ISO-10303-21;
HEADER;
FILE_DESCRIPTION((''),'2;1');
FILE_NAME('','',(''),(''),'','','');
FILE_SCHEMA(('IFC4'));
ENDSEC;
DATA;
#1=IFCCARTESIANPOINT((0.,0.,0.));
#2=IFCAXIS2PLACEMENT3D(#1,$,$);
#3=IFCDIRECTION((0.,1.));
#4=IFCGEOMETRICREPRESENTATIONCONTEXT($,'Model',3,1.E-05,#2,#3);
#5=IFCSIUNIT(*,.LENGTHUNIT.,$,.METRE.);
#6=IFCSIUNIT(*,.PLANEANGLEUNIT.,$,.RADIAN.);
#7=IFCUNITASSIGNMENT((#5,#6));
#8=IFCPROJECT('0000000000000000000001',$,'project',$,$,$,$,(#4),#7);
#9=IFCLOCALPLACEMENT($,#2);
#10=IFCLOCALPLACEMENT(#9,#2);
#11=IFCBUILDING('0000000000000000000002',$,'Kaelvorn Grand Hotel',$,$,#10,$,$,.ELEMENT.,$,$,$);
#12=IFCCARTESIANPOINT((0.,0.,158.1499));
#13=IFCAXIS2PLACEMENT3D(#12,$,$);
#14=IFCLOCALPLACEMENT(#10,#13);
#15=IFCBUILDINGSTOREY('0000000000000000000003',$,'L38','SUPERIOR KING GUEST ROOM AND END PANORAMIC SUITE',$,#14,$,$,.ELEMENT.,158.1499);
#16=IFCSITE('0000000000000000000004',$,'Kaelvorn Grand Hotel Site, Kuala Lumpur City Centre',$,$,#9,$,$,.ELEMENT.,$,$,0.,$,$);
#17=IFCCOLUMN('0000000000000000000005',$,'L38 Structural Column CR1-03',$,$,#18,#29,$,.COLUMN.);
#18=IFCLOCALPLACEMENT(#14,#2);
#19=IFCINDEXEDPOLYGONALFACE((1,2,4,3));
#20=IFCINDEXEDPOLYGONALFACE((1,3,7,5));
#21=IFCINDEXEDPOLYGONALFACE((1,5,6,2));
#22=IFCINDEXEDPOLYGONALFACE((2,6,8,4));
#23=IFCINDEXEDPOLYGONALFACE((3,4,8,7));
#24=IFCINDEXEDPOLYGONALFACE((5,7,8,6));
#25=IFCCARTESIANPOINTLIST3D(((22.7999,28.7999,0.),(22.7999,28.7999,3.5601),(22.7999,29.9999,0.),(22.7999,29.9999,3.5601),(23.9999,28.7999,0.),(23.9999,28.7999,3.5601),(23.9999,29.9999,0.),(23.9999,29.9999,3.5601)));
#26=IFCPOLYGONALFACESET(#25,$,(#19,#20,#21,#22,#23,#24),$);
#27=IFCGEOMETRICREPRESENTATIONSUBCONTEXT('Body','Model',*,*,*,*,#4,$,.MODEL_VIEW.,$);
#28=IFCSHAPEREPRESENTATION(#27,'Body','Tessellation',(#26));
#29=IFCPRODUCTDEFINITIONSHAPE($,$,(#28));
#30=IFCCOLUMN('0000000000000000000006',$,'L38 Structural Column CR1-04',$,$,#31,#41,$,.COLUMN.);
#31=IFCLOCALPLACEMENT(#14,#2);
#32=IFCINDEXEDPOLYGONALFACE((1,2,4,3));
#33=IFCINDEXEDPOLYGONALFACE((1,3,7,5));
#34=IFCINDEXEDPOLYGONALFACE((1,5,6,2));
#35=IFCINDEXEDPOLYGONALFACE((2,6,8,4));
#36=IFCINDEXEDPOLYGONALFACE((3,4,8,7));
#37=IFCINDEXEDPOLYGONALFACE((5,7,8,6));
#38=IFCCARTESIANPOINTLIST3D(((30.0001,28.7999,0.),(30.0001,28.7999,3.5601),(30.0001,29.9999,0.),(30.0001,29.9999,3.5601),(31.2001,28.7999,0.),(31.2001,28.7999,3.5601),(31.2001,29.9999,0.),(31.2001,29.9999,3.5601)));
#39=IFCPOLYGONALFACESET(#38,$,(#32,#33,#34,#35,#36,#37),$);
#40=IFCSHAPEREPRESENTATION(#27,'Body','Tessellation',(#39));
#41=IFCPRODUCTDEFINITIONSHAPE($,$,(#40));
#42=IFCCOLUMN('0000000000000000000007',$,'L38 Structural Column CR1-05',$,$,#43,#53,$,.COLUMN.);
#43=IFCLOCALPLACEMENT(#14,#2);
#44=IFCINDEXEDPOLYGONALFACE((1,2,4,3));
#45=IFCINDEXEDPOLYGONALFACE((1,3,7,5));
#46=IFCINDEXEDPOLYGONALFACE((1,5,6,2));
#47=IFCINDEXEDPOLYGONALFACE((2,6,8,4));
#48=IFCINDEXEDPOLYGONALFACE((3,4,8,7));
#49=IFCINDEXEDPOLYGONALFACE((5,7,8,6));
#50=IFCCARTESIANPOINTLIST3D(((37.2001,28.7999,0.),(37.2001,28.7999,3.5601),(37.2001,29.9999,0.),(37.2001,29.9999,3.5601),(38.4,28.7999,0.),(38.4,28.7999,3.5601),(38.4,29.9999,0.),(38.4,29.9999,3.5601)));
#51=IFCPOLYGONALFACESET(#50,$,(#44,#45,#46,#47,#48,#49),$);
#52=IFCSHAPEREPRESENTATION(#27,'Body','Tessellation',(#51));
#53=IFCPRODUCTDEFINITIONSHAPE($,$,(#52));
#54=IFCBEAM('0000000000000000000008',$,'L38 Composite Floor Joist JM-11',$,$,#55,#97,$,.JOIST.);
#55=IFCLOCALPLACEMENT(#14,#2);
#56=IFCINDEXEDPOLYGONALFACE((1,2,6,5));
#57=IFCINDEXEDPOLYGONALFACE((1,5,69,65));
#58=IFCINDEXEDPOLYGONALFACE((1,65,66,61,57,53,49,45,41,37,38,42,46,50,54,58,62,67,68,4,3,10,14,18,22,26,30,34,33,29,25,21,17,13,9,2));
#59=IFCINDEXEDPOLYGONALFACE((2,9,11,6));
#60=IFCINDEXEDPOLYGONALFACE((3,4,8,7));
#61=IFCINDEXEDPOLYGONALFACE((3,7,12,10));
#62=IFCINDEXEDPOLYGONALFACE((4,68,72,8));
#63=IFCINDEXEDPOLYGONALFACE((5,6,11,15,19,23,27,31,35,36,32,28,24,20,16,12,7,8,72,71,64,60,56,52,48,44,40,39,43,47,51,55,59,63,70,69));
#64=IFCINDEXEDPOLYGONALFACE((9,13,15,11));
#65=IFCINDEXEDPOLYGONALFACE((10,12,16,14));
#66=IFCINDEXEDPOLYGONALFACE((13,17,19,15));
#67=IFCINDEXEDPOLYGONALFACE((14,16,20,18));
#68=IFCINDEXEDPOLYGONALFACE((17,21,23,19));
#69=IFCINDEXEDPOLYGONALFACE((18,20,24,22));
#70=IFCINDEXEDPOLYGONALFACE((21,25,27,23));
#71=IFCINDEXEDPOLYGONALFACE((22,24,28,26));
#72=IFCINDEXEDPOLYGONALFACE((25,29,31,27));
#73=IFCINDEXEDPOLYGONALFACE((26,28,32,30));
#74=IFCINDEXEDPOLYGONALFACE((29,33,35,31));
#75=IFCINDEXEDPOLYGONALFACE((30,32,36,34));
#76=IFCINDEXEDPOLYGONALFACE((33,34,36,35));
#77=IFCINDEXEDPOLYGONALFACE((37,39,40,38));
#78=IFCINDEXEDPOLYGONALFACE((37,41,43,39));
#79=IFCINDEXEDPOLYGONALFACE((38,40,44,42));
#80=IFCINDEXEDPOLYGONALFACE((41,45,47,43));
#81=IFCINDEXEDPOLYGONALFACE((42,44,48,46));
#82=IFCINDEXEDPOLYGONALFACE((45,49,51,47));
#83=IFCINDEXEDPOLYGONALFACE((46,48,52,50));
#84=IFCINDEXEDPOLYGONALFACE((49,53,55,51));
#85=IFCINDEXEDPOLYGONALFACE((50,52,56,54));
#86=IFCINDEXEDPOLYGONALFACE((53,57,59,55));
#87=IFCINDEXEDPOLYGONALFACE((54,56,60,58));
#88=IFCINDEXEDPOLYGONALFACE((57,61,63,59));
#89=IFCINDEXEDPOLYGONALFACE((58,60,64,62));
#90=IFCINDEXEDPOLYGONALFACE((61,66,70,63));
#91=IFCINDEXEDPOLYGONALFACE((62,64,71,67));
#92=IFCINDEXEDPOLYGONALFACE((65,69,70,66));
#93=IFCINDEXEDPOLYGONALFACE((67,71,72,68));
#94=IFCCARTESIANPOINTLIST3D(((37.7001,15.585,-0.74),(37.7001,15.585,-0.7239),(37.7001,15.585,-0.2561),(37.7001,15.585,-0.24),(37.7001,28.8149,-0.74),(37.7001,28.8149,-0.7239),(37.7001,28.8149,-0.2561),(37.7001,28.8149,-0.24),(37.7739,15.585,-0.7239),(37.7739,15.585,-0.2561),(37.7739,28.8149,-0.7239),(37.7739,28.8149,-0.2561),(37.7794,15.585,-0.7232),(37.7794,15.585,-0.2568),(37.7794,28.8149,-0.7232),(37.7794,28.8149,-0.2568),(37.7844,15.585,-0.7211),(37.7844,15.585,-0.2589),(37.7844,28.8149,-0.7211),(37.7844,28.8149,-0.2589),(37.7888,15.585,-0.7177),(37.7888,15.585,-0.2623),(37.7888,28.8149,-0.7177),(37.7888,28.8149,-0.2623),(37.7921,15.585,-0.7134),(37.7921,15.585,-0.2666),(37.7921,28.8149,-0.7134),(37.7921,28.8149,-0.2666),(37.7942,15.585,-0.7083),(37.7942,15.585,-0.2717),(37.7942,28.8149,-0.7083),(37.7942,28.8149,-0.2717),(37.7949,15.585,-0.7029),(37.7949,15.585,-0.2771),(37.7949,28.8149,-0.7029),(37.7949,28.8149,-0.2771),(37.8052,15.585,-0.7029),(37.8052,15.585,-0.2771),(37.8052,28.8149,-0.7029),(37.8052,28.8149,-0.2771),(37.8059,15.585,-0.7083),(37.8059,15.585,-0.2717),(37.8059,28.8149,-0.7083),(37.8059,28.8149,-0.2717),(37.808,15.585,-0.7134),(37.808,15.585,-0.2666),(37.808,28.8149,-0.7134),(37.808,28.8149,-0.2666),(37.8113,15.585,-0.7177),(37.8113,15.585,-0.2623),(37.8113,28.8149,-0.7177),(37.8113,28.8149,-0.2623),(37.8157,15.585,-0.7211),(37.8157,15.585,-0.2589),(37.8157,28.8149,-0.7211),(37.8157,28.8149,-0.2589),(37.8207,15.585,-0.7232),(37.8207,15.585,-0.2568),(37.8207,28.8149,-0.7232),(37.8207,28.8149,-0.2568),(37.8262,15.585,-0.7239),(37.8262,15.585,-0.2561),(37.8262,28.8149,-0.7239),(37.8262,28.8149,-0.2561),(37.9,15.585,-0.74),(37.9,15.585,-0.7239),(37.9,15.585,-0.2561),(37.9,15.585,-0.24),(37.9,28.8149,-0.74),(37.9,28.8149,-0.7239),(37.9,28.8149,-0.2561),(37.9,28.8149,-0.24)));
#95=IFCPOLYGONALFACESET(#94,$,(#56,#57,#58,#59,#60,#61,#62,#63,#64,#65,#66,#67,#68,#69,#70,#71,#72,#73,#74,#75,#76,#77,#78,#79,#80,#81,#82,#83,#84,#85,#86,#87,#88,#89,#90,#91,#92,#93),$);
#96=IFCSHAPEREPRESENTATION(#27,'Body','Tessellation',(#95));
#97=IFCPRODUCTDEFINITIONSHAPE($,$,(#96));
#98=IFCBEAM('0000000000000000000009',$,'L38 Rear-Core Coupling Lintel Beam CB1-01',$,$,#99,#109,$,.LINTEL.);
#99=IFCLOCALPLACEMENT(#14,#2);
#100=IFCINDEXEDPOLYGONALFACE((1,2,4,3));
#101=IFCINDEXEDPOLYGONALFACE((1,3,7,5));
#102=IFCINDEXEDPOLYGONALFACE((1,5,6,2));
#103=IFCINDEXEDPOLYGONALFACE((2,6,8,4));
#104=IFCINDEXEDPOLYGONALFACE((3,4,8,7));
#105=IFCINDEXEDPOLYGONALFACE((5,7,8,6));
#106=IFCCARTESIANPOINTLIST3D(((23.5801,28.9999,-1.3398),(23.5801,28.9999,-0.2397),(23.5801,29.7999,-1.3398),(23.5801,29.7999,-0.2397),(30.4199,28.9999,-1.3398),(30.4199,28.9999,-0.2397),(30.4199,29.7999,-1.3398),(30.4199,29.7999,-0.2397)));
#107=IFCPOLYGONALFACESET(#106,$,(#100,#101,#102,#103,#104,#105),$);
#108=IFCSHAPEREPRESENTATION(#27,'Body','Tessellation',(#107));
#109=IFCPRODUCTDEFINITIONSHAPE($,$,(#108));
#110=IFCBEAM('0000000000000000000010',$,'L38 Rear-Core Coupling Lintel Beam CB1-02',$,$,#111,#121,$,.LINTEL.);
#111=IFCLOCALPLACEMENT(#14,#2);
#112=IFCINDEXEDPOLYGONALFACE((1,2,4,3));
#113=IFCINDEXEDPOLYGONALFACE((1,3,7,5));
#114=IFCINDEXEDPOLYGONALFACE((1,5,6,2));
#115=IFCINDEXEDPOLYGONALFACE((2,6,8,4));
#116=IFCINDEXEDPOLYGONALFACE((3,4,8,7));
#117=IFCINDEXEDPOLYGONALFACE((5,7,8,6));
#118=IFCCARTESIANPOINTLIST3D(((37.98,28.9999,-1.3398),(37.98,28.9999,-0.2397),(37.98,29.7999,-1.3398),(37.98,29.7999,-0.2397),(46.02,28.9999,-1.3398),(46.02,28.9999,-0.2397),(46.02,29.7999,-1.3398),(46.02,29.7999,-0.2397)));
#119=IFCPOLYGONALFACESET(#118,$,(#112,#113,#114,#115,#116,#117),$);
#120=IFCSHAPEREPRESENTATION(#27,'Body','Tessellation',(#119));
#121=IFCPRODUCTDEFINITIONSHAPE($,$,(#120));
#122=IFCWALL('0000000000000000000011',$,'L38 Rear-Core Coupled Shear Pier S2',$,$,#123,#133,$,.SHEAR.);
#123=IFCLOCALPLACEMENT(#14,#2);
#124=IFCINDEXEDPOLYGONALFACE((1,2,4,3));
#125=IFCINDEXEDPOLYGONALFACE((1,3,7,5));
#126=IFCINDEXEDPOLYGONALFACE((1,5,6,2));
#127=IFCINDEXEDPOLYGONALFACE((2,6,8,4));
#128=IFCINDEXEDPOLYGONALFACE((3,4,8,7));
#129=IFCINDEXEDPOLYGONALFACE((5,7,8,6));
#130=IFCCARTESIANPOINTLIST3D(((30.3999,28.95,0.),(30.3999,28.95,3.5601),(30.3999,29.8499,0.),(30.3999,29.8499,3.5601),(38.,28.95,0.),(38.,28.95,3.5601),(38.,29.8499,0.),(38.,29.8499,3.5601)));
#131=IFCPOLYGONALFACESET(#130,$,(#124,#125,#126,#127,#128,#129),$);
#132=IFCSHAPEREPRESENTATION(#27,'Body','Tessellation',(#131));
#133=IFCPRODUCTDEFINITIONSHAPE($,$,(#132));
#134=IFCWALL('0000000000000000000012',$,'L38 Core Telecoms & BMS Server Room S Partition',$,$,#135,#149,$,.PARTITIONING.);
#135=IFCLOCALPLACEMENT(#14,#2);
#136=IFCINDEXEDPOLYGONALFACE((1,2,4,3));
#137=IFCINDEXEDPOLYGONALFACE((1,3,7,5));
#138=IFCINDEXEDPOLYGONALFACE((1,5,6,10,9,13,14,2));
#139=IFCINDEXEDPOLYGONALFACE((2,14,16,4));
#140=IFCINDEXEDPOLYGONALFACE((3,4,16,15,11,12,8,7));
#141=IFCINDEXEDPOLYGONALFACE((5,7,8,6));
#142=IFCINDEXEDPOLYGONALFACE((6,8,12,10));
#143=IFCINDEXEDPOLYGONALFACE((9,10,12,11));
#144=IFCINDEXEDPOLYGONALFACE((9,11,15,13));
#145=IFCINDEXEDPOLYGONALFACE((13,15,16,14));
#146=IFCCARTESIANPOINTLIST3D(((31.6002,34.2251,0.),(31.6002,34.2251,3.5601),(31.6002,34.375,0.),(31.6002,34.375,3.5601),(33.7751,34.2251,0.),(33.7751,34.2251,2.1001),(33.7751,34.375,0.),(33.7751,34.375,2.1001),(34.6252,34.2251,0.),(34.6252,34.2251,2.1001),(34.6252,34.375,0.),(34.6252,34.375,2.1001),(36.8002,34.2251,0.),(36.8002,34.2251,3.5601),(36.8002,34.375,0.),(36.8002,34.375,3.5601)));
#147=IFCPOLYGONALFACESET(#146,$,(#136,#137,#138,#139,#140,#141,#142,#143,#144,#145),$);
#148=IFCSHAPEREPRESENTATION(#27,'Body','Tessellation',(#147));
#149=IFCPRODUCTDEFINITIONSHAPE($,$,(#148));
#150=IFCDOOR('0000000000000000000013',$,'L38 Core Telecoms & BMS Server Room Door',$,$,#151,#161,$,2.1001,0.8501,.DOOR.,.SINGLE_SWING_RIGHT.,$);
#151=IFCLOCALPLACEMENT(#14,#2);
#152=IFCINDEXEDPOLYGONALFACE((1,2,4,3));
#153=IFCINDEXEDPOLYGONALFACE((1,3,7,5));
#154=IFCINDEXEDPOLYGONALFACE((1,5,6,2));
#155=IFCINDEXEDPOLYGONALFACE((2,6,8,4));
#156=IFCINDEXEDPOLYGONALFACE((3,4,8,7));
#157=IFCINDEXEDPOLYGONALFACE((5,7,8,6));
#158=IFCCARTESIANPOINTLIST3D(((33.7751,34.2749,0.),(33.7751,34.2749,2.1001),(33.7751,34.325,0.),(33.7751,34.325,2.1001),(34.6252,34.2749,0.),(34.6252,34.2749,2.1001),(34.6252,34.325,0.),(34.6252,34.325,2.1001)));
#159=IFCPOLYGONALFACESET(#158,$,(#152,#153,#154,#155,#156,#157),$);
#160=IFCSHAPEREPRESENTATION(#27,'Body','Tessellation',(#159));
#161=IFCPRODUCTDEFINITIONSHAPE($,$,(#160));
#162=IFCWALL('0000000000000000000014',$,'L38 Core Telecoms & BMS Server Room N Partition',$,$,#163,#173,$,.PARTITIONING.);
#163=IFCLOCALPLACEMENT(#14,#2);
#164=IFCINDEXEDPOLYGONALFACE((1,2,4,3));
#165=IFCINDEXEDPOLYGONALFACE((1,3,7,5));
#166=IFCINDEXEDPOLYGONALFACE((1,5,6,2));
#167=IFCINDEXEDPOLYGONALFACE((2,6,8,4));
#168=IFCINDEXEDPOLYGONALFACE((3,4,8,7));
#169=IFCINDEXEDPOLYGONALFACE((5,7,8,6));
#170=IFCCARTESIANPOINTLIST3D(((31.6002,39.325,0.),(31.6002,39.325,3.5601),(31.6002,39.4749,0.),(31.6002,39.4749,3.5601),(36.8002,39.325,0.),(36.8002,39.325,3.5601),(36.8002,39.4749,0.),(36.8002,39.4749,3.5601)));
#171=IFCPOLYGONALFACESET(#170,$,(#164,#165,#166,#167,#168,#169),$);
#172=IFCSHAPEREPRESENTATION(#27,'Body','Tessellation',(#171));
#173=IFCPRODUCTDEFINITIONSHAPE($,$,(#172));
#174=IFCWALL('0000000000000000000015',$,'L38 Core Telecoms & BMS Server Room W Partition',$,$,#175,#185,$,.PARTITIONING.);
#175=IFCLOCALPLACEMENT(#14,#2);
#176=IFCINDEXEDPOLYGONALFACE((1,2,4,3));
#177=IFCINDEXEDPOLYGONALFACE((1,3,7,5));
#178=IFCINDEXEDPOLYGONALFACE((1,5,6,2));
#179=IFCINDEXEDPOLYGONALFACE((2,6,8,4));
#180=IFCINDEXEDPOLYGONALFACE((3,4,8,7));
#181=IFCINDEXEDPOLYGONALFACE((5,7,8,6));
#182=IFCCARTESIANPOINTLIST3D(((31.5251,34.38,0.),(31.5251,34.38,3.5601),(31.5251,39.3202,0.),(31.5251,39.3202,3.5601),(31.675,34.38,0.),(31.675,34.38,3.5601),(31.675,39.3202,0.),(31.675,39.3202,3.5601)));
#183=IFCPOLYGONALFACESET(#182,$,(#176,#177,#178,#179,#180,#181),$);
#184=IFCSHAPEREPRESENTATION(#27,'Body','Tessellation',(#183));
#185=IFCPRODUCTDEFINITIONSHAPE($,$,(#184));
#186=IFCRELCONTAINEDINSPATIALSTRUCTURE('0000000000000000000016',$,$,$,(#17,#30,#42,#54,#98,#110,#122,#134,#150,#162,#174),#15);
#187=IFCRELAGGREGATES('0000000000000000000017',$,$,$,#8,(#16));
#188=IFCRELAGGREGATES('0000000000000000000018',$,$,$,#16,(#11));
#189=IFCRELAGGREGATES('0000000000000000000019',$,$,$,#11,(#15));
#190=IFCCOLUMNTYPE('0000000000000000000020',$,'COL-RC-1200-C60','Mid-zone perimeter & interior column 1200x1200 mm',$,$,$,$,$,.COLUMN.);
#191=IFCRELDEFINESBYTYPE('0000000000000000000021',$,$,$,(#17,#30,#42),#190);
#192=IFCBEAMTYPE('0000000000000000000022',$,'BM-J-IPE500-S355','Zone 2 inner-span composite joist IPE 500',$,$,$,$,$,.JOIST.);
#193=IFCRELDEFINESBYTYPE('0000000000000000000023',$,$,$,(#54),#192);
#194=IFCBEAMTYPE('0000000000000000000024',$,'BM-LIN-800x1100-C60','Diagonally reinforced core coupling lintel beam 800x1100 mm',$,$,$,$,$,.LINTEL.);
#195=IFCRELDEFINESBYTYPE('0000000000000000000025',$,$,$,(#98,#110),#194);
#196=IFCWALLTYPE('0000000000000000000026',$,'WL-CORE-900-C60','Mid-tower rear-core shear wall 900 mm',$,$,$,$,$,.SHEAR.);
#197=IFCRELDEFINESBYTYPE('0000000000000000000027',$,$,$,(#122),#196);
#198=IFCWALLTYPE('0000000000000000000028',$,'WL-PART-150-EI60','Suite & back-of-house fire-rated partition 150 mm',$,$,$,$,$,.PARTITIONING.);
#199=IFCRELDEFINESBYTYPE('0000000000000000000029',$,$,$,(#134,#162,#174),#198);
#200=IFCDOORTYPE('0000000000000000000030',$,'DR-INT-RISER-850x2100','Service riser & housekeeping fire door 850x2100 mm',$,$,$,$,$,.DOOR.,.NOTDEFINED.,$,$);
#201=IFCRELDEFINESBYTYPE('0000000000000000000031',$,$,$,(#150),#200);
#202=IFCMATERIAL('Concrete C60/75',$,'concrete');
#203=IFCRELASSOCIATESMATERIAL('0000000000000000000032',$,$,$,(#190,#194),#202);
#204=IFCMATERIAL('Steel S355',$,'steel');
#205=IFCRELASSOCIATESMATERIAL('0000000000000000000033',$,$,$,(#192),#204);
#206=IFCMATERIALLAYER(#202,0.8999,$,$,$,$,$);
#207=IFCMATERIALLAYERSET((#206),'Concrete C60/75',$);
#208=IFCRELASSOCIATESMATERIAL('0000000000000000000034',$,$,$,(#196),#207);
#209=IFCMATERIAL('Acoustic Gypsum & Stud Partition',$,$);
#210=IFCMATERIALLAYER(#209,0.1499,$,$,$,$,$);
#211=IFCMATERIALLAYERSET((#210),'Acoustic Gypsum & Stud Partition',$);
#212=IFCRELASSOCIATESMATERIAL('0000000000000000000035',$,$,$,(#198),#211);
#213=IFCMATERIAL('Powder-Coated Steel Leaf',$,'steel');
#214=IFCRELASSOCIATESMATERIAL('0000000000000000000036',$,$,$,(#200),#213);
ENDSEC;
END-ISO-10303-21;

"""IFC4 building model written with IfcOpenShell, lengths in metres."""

from ifc_helpers import new_model, si_unit, direction, frame, frame_2d, origin, origin_2d, place, context, subcontext, project, spatial, rectangle, i_section, extrude, material, layer, layer_set, material_profile, profile_set, type_object, element, fill, save


model = new_model("IFC4")

# Units and contexts
model_context = context("Model", 3, precision=1e-05, world=origin(), true_north=direction((0.0, 1.0)))
body_context = subcontext(model_context, "Body", "Model", "MODEL_VIEW")
ifc_project = project(units=[si_unit("LENGTHUNIT", "METRE"), si_unit("PLANEANGLEUNIT", "RADIAN")], contexts=[model_context])

# Site, building, storey
site_placement = place(None, origin())
site = spatial("IfcSite", under=ifc_project, at=site_placement, Name="Kaelvorn Grand Hotel Site, Kuala Lumpur City Centre", CompositionType="ELEMENT", RefElevation=0.0)
building_placement = place(site_placement, origin())
building = spatial("IfcBuilding", under=site, at=building_placement, Name="Kaelvorn Grand Hotel", CompositionType="ELEMENT")
storey_placement = place(building_placement, frame((0.0, 0.0, 158.1499)))
storey = spatial("IfcBuildingStorey", under=building, at=storey_placement, Name="L38", Description="SUPERIOR KING GUEST ROOM AND END PANORAMIC SUITE", CompositionType="ELEMENT", Elevation=158.1499)

# Columns
ifc_material_1 = material(Name="Concrete C60/75", Category="concrete")
ifc_material_profile_1 = material_profile(ifc_material_1, rectangle(XDim=1.2, YDim=1.2, at=origin_2d()), Name="RC COL 1200x1200")
ifc_profile_set_1 = profile_set([ifc_material_profile_1], Name="Concrete C60/75")
column_type = type_object("IfcColumnType", Name="COL-RC-1200-C60", Description="Mid-zone perimeter & interior column 1200x1200 mm", PredefinedType="COLUMN", material=ifc_profile_set_1)
for number, where, z_axis, x_axis, name in (
    (1, (23.3999, 29.3999, 0.0), (0.0, 0.0, 1.0), (1.0, 0.0, 0.0), "L38 Structural Column CR1-03"),
    (2, (30.6001, 29.3999, 0.0), (0.0, 0.0, 1.0), (1.0, 0.0, 0.0), "L38 Structural Column CR1-04"),
    (3, (37.8, 29.3999, 0.0), (0.0, 0.0, 1.0), (1.0, 0.0, 0.0), "L38 Structural Column CR1-05"),
):
    element("IfcColumn", number, at=place(storey_placement, frame(where, z_axis=z_axis, x_axis=x_axis)), inside=storey, type_object=column_type, Name=name, PredefinedType="COLUMN", context=body_context, shape_type="SweptSolid", body=[
        extrude(rectangle(XDim=1.2, YDim=1.2, at=origin_2d()), origin(), (0.0, 0.0, 1.0), 3.5601),
    ])

# Beams
ifc_material_2 = material(Name="Steel S355", Category="steel")
ifc_material_profile_2 = material_profile(ifc_material_2, i_section(OverallWidth=0.2, OverallDepth=0.5, WebThickness=0.0103, FlangeThickness=0.0161, FilletRadius=0.021, at=origin_2d()), Name="IPE 500")
ifc_profile_set_2 = profile_set([ifc_material_profile_2], Name="Steel S355")
beam_type_1 = type_object("IfcBeamType", Name="BM-J-IPE500-S355", Description="Zone 2 inner-span composite joist IPE 500", PredefinedType="JOIST", material=ifc_profile_set_2)
beam_1_placement = place(storey_placement, frame((37.8, 15.585, -0.49), z_axis=(0.0, 1.0, 0.0), x_axis=(-1.0, 0.0, 0.0)))
element("IfcBeam", 4, at=beam_1_placement, inside=storey, type_object=beam_type_1, Name="L38 Composite Floor Joist JM-11", PredefinedType="JOIST", context=body_context, shape_type="SweptSolid", body=[
    extrude(i_section(OverallWidth=0.2, OverallDepth=0.5, WebThickness=0.0103, FlangeThickness=0.0161, FilletRadius=0.021, at=origin_2d()), origin(), (0.0, 0.0, 1.0), 13.23),
])
ifc_material_profile_3 = material_profile(ifc_material_1, rectangle(XDim=0.8, YDim=1.1001, at=origin_2d()), Name="RC LINTEL 800x1100")
ifc_profile_set_3 = profile_set([ifc_material_profile_3], Name="Concrete C60/75")
beam_type_2 = type_object("IfcBeamType", Name="BM-LIN-800x1100-C60", Description="Diagonally reinforced core coupling lintel beam 800x1100 mm", PredefinedType="LINTEL", material=ifc_profile_set_3)
beam_2_placement = place(storey_placement, frame((23.5801, 29.3999, -0.7898), z_axis=(1.0, 0.0, 0.0), x_axis=(0.0, 1.0, 0.0)))
element("IfcBeam", 5, at=beam_2_placement, inside=storey, type_object=beam_type_2, Name="L38 Rear-Core Coupling Lintel Beam CB1-01", PredefinedType="LINTEL", context=body_context, shape_type="SweptSolid", body=[
    extrude(rectangle(XDim=0.8, YDim=1.1001, at=origin_2d()), origin(), (0.0, 0.0, 1.0), 6.8398),
])
beam_3_placement = place(storey_placement, frame((37.98, 29.3999, -0.7898), z_axis=(1.0, 0.0, 0.0), x_axis=(0.0, 1.0, 0.0)))
element("IfcBeam", 6, at=beam_3_placement, inside=storey, type_object=beam_type_2, Name="L38 Rear-Core Coupling Lintel Beam CB1-02", PredefinedType="LINTEL", context=body_context, shape_type="SweptSolid", body=[
    extrude(rectangle(XDim=0.8, YDim=1.1001, at=origin_2d()), origin(), (0.0, 0.0, 1.0), 8.04),
])

# Wall
ifc_layer_1 = layer(ifc_material_1, 0.8999)
ifc_layer_set_1 = layer_set([ifc_layer_1], Name="Concrete C60/75")
wall_type_1 = type_object("IfcWallType", Name="WL-CORE-900-C60", Description="Mid-tower rear-core shear wall 900 mm", PredefinedType="SHEAR", material=ifc_layer_set_1)
wall_1_placement = place(storey_placement, frame((30.3999, 29.3999, 0.0), z_axis=(0.0, 0.0, 1.0), x_axis=(1.0, 0.0, 0.0)))
element("IfcWall", 7, at=wall_1_placement, inside=storey, type_object=wall_type_1, Name="L38 Rear-Core Coupled Shear Pier S2", PredefinedType="SHEAR", context=body_context, shape_type="SweptSolid", body=[
    extrude(rectangle(XDim=7.6001, YDim=0.8999, at=frame_2d((3.8, 0.0))), origin(), (0.0, 0.0, 1.0), 3.5601),
])

# Wall, opening, door
ifc_material_3 = material(Name="Acoustic Gypsum & Stud Partition")
ifc_layer_2 = layer(ifc_material_3, 0.1499)
ifc_layer_set_2 = layer_set([ifc_layer_2], Name="Acoustic Gypsum & Stud Partition")
wall_type_2 = type_object("IfcWallType", Name="WL-PART-150-EI60", Description="Suite & back-of-house fire-rated partition 150 mm", PredefinedType="PARTITIONING", material=ifc_layer_set_2)
wall_2_placement = place(storey_placement, frame((31.6001, 34.3, 0.0), z_axis=(0.0, 0.0, 1.0), x_axis=(1.0, 0.0, 0.0)))
wall_2 = element("IfcWall", 8, at=wall_2_placement, inside=storey, type_object=wall_type_2, Name="L38 Core Telecoms & BMS Server Room S Partition", PredefinedType="PARTITIONING", context=body_context, shape_type="SweptSolid", body=[
    extrude(rectangle(XDim=5.2, YDim=0.1499, at=frame_2d((2.6001, 0.0))), origin(), (0.0, 0.0, 1.0), 3.5601),
])
opening_1_placement = place(wall_2_placement, frame((2.175, 0.0, 0.0)))
opening_1 = element("IfcOpeningElement", 9, at=opening_1_placement, cuts=wall_2, PredefinedType="OPENING", context=body_context, shape_type="SweptSolid", body=[
    extrude(rectangle(XDim=0.8501, YDim=2.1001, at=frame_2d((0.425, 1.05))), frame((0.0, 0.085, 0.0), z_axis=(0.0, -1.0, 0.0), x_axis=(1.0, 0.0, 0.0)), (0.0, 0.0, 1.0), 0.1699),
])
ifc_material_4 = material(Name="Powder-Coated Steel Leaf", Category="steel")
door_type_1 = type_object("IfcDoorType", Name="DR-INT-RISER-850x2100", Description="Service riser & housekeeping fire door 850x2100 mm", OperationType="NOTDEFINED", PredefinedType="DOOR", material=ifc_material_4)
door_1_placement = place(opening_1_placement, origin())
door_1 = element("IfcDoor", 10, at=door_1_placement, inside=storey, type_object=door_type_1, Name="L38 Core Telecoms & BMS Server Room Door", OperationType="SINGLE_SWING_RIGHT", OverallHeight=2.1001, OverallWidth=0.8501, PredefinedType="DOOR", context=body_context, shape_type="SweptSolid", body=[
    extrude(rectangle(XDim=0.8501, YDim=2.1001, at=frame_2d((0.425, 1.05))), frame((0.0, 0.0249, 0.0), z_axis=(0.0, -1.0, 0.0), x_axis=(1.0, 0.0, 0.0)), (0.0, 0.0, 1.0), 0.05),
])
fill(opening_1, door_1)

# Walls
wall_3_placement = place(storey_placement, frame((31.6001, 39.3999, 0.0), z_axis=(0.0, 0.0, 1.0), x_axis=(1.0, 0.0, 0.0)))
element("IfcWall", 11, at=wall_3_placement, inside=storey, type_object=wall_type_2, Name="L38 Core Telecoms & BMS Server Room N Partition", PredefinedType="PARTITIONING", context=body_context, shape_type="SweptSolid", body=[
    extrude(rectangle(XDim=5.2, YDim=0.1499, at=frame_2d((2.6001, 0.0))), origin(), (0.0, 0.0, 1.0), 3.5601),
])
for number, where, z_axis, x_axis, name in (
    (12, (31.6001, 34.3799, 0.0), (0.0, 0.0, 1.0), (0.0, 1.0, 0.0), "L38 Core Telecoms & BMS Server Room W Partition"),
):
    element("IfcWall", number, at=place(storey_placement, frame(where, z_axis=z_axis, x_axis=x_axis)), inside=storey, type_object=wall_type_2, Name=name, PredefinedType="PARTITIONING", context=body_context, shape_type="SweptSolid", body=[
        extrude(rectangle(XDim=4.9402, YDim=0.1499, at=frame_2d((2.4702, 0.0))), origin(), (0.0, 0.0, 1.0), 3.5601),
    ])

save(model, "model.ifc")
